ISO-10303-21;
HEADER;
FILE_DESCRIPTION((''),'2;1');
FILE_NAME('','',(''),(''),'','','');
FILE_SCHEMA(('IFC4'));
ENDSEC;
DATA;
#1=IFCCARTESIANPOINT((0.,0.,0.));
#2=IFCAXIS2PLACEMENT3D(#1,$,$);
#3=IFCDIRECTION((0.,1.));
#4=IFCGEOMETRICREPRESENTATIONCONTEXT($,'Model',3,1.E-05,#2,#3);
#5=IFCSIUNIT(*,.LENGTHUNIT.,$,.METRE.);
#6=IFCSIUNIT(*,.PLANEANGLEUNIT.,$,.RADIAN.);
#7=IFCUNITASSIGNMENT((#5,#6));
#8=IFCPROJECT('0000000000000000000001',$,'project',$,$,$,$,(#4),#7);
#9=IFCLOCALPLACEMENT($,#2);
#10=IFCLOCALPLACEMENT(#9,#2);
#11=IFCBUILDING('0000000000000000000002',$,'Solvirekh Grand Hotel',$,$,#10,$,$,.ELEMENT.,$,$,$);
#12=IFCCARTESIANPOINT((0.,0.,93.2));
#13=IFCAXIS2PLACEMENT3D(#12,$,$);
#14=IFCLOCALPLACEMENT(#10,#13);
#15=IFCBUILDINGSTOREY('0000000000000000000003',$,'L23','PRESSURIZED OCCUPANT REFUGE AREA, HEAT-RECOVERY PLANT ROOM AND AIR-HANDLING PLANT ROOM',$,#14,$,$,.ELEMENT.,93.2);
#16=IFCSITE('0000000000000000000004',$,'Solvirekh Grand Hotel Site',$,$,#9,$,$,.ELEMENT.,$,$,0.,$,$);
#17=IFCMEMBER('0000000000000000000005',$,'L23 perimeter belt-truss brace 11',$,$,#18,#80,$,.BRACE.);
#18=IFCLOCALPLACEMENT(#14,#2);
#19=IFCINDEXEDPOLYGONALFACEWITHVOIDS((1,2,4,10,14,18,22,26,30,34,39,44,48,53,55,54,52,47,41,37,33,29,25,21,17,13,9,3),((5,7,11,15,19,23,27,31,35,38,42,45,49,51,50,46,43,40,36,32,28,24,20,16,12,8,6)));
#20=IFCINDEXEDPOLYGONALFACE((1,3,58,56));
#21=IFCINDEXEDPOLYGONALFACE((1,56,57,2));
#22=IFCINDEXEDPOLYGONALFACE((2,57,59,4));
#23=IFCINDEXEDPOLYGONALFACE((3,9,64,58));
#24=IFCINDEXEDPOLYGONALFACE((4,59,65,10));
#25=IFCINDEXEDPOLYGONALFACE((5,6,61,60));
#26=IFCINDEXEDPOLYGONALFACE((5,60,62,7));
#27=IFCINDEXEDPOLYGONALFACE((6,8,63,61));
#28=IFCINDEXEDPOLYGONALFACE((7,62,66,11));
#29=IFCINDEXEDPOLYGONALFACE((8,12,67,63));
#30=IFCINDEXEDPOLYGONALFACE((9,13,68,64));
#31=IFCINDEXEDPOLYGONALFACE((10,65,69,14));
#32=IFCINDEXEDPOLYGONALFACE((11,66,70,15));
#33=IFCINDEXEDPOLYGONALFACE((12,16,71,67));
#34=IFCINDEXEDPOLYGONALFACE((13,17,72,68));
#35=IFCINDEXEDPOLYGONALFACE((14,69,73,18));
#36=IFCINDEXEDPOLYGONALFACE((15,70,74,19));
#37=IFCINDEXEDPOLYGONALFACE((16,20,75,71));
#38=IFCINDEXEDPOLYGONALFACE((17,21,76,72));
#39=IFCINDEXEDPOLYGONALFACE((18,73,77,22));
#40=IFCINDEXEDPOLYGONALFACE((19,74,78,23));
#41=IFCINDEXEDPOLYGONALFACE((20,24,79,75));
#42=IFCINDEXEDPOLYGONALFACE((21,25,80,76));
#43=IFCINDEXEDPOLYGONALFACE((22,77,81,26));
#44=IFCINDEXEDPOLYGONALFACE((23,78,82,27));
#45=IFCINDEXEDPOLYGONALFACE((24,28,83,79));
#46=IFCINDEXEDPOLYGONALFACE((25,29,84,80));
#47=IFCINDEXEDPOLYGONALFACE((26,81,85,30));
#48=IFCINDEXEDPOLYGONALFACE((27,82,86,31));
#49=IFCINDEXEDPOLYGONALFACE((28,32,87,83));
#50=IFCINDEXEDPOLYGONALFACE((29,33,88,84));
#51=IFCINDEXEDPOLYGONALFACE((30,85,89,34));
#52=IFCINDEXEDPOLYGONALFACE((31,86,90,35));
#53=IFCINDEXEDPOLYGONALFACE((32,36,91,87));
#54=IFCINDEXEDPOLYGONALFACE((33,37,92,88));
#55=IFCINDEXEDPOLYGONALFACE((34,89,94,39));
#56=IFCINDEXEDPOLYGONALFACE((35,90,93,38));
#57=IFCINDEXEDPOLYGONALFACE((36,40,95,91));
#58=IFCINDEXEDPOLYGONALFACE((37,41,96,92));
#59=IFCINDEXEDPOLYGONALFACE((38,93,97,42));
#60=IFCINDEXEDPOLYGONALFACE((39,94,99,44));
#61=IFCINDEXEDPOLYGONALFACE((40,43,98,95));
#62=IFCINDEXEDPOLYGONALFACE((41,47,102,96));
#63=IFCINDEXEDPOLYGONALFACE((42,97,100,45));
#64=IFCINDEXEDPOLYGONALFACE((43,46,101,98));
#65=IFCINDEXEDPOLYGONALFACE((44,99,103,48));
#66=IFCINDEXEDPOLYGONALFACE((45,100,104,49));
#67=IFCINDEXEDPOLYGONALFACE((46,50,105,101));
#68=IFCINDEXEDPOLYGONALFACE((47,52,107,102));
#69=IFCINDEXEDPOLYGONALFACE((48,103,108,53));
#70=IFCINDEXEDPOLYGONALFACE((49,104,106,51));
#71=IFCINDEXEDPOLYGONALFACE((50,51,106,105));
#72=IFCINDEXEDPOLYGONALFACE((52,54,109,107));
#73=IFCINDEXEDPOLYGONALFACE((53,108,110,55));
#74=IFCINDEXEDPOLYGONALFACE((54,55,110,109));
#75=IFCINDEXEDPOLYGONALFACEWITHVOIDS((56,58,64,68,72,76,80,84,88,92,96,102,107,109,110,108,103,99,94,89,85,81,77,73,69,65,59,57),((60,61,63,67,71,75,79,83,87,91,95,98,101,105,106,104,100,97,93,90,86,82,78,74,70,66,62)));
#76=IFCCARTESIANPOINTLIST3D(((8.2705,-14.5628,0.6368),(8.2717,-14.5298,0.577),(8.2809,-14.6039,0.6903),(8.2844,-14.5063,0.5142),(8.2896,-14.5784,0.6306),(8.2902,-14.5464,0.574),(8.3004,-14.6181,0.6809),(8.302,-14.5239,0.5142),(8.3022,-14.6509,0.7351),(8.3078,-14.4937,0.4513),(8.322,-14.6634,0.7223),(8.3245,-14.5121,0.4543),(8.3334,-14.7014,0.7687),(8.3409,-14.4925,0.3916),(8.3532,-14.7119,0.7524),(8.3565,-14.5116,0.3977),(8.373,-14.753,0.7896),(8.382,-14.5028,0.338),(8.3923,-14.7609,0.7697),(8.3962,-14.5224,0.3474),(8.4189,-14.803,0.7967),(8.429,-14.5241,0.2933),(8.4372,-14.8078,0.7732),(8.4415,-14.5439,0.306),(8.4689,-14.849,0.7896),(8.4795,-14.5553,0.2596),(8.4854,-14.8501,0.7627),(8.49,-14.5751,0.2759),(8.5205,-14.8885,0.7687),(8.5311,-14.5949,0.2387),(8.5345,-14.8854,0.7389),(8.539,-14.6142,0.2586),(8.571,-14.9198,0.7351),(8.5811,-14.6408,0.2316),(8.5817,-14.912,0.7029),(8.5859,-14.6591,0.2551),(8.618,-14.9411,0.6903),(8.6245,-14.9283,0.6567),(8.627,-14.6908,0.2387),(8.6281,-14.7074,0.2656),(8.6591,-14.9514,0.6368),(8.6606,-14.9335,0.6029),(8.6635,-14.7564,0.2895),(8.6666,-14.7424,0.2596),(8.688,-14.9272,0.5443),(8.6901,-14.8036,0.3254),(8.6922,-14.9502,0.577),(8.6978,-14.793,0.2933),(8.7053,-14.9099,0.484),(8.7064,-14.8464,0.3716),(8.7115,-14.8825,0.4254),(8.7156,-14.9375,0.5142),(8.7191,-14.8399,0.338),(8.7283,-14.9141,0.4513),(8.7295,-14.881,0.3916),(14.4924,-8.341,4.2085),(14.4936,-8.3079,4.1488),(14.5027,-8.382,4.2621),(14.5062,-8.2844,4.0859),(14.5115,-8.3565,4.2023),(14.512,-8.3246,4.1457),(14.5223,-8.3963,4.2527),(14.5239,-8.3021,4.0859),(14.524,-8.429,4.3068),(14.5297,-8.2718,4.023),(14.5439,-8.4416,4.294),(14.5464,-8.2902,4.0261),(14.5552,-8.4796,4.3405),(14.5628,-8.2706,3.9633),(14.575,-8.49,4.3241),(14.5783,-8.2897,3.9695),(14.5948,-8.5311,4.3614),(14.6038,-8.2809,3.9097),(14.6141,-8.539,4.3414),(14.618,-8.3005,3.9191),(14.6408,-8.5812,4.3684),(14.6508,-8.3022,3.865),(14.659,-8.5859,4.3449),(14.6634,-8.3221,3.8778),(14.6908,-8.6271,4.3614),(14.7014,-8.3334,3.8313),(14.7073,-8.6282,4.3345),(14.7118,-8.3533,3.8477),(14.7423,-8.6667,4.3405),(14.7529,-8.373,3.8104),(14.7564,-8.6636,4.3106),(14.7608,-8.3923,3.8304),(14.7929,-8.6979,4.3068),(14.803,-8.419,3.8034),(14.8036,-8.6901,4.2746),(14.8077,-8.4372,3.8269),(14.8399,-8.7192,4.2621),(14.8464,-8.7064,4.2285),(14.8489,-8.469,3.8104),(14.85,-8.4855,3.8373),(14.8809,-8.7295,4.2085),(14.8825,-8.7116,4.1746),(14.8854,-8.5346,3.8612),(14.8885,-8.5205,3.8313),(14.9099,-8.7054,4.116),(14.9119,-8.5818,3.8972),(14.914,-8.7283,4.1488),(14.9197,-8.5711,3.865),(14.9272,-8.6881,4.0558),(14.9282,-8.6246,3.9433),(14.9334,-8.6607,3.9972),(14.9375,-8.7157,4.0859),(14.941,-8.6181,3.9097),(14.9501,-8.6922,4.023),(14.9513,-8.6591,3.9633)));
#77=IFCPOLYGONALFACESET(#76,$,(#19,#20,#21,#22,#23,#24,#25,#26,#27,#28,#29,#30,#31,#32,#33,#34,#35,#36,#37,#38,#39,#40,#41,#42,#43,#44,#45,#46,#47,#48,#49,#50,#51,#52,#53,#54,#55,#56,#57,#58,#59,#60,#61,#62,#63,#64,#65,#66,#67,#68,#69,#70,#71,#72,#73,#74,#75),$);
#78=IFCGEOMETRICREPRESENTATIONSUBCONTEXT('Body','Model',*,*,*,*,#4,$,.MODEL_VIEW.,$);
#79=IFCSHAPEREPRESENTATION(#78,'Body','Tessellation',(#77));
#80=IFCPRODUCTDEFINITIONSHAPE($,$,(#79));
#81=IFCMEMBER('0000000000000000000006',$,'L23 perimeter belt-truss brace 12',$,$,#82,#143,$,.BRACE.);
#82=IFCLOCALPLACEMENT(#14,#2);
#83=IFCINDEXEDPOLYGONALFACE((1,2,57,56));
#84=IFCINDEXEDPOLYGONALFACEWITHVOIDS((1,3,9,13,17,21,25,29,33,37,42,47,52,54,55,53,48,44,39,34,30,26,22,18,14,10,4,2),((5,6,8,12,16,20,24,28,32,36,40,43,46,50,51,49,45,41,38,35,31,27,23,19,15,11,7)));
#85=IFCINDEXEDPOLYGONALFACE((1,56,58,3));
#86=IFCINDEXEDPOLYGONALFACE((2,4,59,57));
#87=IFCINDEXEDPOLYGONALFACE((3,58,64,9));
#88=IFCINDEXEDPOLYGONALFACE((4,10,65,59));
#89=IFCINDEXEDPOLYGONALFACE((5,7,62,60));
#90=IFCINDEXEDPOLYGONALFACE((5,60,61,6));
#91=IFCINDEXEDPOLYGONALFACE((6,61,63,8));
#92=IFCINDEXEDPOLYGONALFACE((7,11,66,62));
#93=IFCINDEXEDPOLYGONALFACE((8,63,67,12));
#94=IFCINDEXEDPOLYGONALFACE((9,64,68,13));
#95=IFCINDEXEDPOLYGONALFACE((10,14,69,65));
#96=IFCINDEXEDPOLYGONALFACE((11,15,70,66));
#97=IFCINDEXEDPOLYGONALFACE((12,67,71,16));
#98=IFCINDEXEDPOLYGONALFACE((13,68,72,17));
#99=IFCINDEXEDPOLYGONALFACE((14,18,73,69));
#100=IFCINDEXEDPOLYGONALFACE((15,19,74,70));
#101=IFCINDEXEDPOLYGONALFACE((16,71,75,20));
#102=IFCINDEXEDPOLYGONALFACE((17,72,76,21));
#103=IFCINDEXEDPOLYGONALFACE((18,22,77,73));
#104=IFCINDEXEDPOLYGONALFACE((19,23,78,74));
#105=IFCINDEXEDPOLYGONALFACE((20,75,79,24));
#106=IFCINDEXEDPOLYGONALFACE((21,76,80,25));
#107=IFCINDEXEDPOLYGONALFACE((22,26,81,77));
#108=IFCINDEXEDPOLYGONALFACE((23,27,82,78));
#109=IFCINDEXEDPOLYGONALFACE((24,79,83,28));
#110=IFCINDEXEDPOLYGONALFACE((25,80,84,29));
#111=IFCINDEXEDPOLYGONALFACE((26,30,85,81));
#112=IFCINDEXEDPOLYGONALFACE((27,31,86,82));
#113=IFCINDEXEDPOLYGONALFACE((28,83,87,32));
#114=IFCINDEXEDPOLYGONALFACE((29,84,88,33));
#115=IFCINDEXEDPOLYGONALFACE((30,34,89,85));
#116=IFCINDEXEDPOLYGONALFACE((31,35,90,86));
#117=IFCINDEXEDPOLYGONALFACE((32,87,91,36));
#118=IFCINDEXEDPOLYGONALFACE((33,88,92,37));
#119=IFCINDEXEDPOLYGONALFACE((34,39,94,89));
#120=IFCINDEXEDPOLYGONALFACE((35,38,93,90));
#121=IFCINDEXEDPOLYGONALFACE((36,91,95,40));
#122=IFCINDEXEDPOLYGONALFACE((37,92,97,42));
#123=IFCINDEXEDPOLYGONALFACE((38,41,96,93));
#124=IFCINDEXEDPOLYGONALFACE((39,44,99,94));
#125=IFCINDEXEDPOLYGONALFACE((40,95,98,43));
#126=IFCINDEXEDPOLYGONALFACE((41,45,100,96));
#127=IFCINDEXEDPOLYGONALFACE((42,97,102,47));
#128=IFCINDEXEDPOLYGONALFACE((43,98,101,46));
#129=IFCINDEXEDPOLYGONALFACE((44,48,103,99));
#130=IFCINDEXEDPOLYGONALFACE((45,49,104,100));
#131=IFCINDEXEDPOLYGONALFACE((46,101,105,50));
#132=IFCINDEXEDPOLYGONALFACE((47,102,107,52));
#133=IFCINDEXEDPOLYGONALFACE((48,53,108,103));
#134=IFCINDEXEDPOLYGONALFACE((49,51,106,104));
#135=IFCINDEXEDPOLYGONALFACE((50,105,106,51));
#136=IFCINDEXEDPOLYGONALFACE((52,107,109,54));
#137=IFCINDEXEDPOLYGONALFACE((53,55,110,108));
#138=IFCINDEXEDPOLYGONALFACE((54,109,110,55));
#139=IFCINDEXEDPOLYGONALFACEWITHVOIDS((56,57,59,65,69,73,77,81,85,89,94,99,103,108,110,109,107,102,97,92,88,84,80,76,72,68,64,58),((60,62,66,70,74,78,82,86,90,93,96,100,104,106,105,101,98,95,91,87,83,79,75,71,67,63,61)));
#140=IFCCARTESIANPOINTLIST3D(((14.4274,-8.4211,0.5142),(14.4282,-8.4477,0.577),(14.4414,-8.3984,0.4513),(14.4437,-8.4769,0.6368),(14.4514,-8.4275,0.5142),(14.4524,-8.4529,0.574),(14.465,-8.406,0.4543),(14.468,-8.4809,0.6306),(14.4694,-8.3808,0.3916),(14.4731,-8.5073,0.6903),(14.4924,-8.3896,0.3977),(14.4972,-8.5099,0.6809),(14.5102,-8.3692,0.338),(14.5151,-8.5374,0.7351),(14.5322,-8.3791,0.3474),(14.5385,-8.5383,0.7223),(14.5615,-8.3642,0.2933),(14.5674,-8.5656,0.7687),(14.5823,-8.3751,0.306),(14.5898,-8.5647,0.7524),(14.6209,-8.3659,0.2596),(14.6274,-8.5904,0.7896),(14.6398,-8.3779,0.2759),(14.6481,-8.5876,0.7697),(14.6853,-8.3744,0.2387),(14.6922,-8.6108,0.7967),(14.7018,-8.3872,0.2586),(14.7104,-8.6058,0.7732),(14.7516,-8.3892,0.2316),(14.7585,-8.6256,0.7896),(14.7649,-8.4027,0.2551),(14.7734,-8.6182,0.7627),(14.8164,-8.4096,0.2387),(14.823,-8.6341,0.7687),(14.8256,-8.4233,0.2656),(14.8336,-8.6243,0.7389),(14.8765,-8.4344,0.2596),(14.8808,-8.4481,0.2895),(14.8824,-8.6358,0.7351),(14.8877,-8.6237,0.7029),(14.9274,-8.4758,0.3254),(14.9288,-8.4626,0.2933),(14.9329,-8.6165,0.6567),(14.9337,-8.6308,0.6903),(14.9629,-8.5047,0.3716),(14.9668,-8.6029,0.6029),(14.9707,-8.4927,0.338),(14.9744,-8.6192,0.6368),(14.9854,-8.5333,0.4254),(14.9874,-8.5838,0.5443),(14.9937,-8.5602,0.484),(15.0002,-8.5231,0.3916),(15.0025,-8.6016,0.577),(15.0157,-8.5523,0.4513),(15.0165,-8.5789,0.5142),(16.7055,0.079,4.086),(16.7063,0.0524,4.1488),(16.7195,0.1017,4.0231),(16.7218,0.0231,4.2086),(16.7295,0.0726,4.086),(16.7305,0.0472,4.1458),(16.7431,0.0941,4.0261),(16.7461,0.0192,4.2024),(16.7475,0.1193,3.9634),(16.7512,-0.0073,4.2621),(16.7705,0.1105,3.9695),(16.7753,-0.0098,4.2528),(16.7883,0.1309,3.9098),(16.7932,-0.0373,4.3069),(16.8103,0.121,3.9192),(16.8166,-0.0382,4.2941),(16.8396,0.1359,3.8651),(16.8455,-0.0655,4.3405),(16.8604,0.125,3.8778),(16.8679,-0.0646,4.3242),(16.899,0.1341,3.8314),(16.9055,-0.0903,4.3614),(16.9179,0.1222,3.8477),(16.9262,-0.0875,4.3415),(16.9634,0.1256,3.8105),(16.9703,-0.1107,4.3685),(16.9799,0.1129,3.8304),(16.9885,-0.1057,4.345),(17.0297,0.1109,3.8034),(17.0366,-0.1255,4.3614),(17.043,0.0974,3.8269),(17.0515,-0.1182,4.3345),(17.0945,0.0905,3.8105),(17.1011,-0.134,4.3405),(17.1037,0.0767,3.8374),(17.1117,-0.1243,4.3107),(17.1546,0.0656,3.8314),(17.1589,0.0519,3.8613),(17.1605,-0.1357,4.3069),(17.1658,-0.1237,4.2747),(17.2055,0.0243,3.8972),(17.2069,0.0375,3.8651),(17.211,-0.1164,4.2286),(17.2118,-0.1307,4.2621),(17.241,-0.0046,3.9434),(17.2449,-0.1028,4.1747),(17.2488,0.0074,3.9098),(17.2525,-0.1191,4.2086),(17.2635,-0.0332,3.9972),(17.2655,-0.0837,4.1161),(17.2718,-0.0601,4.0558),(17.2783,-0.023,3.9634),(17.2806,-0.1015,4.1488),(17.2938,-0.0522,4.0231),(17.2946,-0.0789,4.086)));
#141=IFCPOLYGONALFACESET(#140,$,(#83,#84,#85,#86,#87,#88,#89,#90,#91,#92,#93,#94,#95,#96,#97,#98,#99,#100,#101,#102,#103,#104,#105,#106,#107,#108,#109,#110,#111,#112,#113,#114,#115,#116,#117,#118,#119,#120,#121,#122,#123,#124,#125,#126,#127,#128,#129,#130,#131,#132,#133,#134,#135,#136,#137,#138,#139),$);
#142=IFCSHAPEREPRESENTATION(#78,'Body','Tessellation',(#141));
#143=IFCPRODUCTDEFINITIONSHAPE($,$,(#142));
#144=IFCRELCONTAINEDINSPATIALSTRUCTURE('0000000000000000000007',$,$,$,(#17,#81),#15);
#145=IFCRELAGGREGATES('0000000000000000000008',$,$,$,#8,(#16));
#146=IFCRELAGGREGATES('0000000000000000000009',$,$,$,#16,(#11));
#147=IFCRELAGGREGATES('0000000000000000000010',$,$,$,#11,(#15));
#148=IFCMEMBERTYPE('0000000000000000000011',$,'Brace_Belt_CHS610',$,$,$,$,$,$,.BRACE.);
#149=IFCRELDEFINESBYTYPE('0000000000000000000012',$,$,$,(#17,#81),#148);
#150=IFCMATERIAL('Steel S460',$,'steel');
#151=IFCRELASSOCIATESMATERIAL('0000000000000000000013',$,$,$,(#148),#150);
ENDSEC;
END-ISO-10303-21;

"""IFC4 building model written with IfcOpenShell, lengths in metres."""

from ifc_helpers import new_model, si_unit, direction, frame, origin, origin_2d, place, context, subcontext, project, spatial, hollow_circle, extrude, material, material_profile, profile_set, type_object, element, save


model = new_model("IFC4")

# Units and contexts
model_context = context("Model", 3, precision=1e-05, world=origin(), true_north=direction((0.0, 1.0)))
body_context = subcontext(model_context, "Body", "Model", "MODEL_VIEW")
ifc_project = project(units=[si_unit("LENGTHUNIT", "METRE"), si_unit("PLANEANGLEUNIT", "RADIAN")], contexts=[model_context])

# Site, building, storey
site_placement = place(None, origin())
site = spatial("IfcSite", under=ifc_project, at=site_placement, Name="Solvirekh Grand Hotel Site", CompositionType="ELEMENT", RefElevation=0.0)
building_placement = place(site_placement, origin())
building = spatial("IfcBuilding", under=site, at=building_placement, Name="Solvirekh Grand Hotel", CompositionType="ELEMENT")
storey_placement = place(building_placement, frame((0.0, 0.0, 93.2)))
storey = spatial("IfcBuildingStorey", under=building, at=storey_placement, Name="L23", Description="PRESSURIZED OCCUPANT REFUGE AREA, HEAT-RECOVERY PLANT ROOM AND AIR-HANDLING PLANT ROOM", CompositionType="ELEMENT", Elevation=93.2)

# Shared definitions
ifc_material_1 = material(Name="Steel S460", Category="steel")

# Members
ifc_material_profile_1 = material_profile(ifc_material_1, hollow_circle(Radius=0.3049, WallThickness=0.0249, at=origin_2d()), Name="CHS 610X25")
ifc_profile_set_1 = profile_set([ifc_material_profile_1], Name="Steel S460")
member_type_1 = type_object("IfcMemberType", Name="Brace_Belt_CHS610", PredefinedType="BRACE", material=ifc_profile_set_1)
member_1_placement = place(storey_placement, frame((8.5, -14.7219, 0.5142), z_axis=(0.655185, 0.655185, 0.376118), x_axis=(-0.707107, 0.707107, 0.0)))
element("IfcMember", 1, at=member_1_placement, inside=storey, type_object=member_type_1, Name="L23 perimeter belt-truss brace 11", PredefinedType="BRACE", context=body_context, shape_type="SweptSolid", body=[
    extrude(hollow_circle(Radius=0.3049, WallThickness=0.0249, at=origin_2d()), origin(), (0.0, 0.0, 1.0), 9.4963),
])
member_2_placement = place(storey_placement, frame((14.7219, -8.5, 0.5142), z_axis=(0.239868, 0.894999, 0.376087), x_axis=(-0.965911, 0.258873, 0.0)))
element("IfcMember", 2, at=member_2_placement, inside=storey, type_object=member_type_1, Name="L23 perimeter belt-truss brace 12", PredefinedType="BRACE", context=body_context, shape_type="SweptSolid", body=[
    extrude(hollow_circle(Radius=0.3049, WallThickness=0.0249, at=origin_2d()), origin(), (0.0, 0.0, 1.0), 9.4973),
])

save(model, "model.ifc")
